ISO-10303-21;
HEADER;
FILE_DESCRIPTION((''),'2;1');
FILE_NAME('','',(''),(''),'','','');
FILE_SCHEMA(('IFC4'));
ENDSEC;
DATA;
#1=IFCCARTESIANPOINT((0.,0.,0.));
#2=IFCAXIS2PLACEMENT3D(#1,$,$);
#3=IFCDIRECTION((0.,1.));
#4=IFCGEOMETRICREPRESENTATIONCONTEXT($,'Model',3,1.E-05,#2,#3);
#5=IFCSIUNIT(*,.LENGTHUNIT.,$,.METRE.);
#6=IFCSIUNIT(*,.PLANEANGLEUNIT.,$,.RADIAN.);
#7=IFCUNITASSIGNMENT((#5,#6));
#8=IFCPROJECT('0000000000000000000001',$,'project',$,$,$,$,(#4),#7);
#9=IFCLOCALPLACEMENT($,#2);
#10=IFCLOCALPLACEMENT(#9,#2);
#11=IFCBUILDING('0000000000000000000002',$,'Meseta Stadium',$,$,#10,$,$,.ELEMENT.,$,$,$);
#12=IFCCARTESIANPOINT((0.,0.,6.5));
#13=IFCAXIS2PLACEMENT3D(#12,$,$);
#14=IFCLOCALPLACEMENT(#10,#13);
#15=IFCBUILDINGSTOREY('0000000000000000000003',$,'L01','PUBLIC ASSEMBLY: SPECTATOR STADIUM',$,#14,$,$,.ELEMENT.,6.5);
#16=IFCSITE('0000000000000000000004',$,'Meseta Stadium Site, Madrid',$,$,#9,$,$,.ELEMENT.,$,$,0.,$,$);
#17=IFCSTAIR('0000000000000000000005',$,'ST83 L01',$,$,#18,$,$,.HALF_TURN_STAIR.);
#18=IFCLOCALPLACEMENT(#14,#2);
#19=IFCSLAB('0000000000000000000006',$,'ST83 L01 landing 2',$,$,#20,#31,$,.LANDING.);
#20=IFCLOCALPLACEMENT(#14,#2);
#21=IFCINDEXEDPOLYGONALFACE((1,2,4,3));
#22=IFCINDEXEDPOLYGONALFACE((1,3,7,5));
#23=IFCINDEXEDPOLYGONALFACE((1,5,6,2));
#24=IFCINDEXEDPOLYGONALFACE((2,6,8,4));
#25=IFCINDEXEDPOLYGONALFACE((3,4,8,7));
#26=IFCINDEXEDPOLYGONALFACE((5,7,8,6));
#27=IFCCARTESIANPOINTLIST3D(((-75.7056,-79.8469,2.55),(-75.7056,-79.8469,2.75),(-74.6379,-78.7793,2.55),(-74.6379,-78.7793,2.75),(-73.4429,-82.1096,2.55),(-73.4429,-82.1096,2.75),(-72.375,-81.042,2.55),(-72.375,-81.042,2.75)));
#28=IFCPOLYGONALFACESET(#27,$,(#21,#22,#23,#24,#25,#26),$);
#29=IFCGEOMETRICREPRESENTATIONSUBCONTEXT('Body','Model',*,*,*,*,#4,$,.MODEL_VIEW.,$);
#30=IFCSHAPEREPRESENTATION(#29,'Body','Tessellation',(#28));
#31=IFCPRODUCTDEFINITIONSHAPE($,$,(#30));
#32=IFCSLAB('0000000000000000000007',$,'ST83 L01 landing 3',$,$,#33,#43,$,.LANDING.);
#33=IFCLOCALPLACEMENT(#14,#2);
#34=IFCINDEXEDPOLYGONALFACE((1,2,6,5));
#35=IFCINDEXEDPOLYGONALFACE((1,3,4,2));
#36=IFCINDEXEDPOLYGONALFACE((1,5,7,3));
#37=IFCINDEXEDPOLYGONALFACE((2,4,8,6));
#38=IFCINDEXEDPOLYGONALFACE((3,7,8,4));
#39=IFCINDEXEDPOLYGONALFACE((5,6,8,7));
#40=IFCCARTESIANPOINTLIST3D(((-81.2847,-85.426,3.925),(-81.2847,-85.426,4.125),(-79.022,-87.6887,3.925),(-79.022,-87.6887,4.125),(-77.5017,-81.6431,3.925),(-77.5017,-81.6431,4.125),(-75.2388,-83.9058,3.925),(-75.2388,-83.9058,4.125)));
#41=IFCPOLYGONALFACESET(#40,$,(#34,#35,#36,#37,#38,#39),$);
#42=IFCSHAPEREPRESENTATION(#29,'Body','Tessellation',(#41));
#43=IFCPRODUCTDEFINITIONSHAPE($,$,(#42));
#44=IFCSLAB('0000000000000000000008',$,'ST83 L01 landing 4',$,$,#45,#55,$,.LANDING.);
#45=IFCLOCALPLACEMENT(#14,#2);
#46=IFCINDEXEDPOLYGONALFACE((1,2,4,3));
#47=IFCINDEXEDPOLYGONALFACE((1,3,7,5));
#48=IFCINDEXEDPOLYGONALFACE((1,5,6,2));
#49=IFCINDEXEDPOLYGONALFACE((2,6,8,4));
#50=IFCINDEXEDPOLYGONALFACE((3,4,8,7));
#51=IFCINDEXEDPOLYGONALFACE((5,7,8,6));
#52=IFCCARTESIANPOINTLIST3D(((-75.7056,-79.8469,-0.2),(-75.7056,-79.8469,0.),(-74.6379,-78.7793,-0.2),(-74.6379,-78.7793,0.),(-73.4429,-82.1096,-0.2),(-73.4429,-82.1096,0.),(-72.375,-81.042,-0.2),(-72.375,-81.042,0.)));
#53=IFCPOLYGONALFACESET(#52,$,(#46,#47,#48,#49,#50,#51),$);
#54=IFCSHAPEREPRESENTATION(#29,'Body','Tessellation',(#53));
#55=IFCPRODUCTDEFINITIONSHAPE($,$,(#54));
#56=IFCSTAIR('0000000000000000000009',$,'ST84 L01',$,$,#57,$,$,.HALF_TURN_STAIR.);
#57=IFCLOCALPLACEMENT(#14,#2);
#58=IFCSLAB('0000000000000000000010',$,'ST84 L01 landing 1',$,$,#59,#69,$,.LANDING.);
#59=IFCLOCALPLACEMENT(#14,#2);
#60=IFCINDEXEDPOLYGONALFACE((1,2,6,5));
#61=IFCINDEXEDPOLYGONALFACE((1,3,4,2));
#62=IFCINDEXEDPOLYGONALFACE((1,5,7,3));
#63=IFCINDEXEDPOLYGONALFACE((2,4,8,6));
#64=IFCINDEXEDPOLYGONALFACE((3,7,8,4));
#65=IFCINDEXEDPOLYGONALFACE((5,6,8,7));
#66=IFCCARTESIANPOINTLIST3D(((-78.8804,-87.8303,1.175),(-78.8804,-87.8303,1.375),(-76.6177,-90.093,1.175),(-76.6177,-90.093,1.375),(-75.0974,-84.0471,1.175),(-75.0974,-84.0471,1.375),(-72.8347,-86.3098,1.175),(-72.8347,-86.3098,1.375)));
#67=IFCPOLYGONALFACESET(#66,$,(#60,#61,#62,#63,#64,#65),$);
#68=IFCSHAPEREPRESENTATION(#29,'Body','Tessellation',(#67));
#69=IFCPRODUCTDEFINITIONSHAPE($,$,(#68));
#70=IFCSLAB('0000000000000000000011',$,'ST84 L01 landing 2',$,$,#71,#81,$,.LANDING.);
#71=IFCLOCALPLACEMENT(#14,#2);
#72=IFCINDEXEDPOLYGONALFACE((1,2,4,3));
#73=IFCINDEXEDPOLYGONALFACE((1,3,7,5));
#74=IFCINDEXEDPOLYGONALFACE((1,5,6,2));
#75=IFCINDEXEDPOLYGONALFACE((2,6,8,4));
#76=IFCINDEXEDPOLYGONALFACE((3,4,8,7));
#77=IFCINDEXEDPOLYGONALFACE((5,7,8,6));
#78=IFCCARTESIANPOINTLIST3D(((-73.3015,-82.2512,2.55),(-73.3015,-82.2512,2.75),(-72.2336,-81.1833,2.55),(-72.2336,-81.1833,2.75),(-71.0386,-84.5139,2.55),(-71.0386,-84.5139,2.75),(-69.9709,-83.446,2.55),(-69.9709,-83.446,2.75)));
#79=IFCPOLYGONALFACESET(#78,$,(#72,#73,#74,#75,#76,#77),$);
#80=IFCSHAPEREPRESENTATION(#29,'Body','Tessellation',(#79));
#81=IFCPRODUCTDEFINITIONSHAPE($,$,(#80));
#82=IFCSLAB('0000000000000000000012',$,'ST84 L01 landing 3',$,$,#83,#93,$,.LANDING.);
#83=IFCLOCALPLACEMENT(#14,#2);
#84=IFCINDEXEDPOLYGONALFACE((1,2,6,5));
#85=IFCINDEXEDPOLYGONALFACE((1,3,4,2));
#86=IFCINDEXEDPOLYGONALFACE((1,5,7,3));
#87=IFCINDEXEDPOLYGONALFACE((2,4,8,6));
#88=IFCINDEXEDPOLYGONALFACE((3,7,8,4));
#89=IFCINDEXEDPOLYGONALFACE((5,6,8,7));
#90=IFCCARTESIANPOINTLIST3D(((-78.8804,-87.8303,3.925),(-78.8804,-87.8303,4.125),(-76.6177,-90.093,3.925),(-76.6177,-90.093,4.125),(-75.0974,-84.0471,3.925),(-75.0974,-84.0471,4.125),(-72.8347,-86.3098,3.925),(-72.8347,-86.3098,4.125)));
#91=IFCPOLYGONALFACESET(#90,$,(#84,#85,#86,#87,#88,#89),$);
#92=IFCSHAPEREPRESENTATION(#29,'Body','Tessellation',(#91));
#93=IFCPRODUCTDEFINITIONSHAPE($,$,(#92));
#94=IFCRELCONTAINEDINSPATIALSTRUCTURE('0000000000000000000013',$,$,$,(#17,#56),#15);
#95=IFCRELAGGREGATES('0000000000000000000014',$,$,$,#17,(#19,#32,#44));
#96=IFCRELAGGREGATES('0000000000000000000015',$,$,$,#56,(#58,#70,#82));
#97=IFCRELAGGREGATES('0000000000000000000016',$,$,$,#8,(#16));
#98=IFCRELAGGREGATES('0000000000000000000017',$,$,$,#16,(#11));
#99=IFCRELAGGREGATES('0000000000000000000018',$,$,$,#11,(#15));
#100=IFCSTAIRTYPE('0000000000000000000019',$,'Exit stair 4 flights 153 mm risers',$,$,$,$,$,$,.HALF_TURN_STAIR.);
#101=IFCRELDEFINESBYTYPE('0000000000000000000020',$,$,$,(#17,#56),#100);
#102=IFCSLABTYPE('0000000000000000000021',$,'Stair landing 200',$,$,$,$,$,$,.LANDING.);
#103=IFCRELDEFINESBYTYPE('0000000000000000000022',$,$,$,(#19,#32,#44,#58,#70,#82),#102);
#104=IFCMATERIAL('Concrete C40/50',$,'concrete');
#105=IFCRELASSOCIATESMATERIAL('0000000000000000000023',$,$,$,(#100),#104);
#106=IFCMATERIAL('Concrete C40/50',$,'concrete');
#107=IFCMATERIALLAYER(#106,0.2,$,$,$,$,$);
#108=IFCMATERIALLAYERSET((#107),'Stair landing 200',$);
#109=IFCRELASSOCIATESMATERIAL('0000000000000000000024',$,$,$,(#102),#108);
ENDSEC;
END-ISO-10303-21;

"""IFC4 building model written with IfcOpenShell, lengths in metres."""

from ifc_helpers import new_model, si_unit, direction, frame, origin, place, context, subcontext, project, spatial, polyline, outline, extrude, material, layer, layer_set, type_object, element, aggregate, save


model = new_model("IFC4")

# Units and contexts
model_context = context("Model", 3, precision=1e-05, world=origin(), true_north=direction((0.0, 1.0)))
body_context = subcontext(model_context, "Body", "Model", "MODEL_VIEW")
ifc_project = project(units=[si_unit("LENGTHUNIT", "METRE"), si_unit("PLANEANGLEUNIT", "RADIAN")], contexts=[model_context])

# Site, building, storey
site_placement = place(None, origin())
site = spatial("IfcSite", under=ifc_project, at=site_placement, Name="Meseta Stadium Site, Madrid", CompositionType="ELEMENT", RefElevation=0.0)
building_placement = place(site_placement, origin())
building = spatial("IfcBuilding", under=site, at=building_placement, Name="Meseta Stadium", CompositionType="ELEMENT")
storey_placement = place(building_placement, frame((0.0, 0.0, 6.5)))
storey = spatial("IfcBuildingStorey", under=building, at=storey_placement, Name="L01", Description="PUBLIC ASSEMBLY: SPECTATOR STADIUM", CompositionType="ELEMENT", Elevation=6.5)

# Shared definitions
ifc_material_1 = material(Name="Concrete C40/50", Category="concrete")
stair_type = type_object("IfcStairType", Name="Exit stair 4 flights 153 mm risers", PredefinedType="HALF_TURN_STAIR", material=ifc_material_1)
ifc_material_2 = material(Name="Concrete C40/50", Category="concrete")
ifc_layer = layer(ifc_material_2, 0.2)
ifc_layer_set = layer_set([ifc_layer], Name="Stair landing 200")
slab_type = type_object("IfcSlabType", Name="Stair landing 200", PredefinedType="LANDING", material=ifc_layer_set)

# Stairs, slabs
stair_1_placement = place(storey_placement, origin())
stair_1 = element("IfcStair", 1, at=stair_1_placement, inside=storey, type_object=stair_type, Name="ST83 L01", PredefinedType="HALF_TURN_STAIR")
slab_1_placement = place(storey_placement, frame((0.0, 0.0, 2.55)))
slab_1 = element("IfcSlab", 2, at=slab_1_placement, type_object=slab_type, Name="ST83 L01 landing 2", PredefinedType="LANDING", context=body_context, shape_type="SweptSolid", body=[
    extrude(outline(polyline([(-74.6379, -78.7793), (-75.7056, -79.8469), (-73.4429, -82.1096), (-72.375, -81.042), (-74.6379, -78.7793)])), origin(), (0.0, 0.0, 1.0), 0.2),
])
slab_2_placement = place(storey_placement, frame((0.0, 0.0, 3.925)))
slab_2 = element("IfcSlab", 3, at=slab_2_placement, type_object=slab_type, Name="ST83 L01 landing 3", PredefinedType="LANDING", context=body_context, shape_type="SweptSolid", body=[
    extrude(outline(polyline([(-77.5017, -81.6431), (-81.2847, -85.426), (-79.022, -87.6887), (-75.2388, -83.9058), (-77.5017, -81.6431)])), origin(), (0.0, 0.0, 1.0), 0.2),
])
slab_3_placement = place(storey_placement, frame((0.0, 0.0, -0.2)))
slab_3 = element("IfcSlab", 4, at=slab_3_placement, type_object=slab_type, Name="ST83 L01 landing 4", PredefinedType="LANDING", context=body_context, shape_type="SweptSolid", body=[
    extrude(outline(polyline([(-74.6379, -78.7793), (-75.7056, -79.8469), (-73.4429, -82.1096), (-72.375, -81.042), (-74.6379, -78.7793)])), origin(), (0.0, 0.0, 1.0), 0.2),
])
aggregate(stair_1, [slab_1, slab_2, slab_3])
stair_2_placement = place(storey_placement, origin())
stair_2 = element("IfcStair", 5, at=stair_2_placement, inside=storey, type_object=stair_type, Name="ST84 L01", PredefinedType="HALF_TURN_STAIR")
slab_4_placement = place(storey_placement, frame((0.0, 0.0, 1.175)))
slab_4 = element("IfcSlab", 6, at=slab_4_placement, type_object=slab_type, Name="ST84 L01 landing 1", PredefinedType="LANDING", context=body_context, shape_type="SweptSolid", body=[
    extrude(outline(polyline([(-75.0974, -84.0471), (-78.8804, -87.8303), (-76.6177, -90.093), (-72.8347, -86.3098), (-75.0974, -84.0471)])), origin(), (0.0, 0.0, 1.0), 0.2),
])
slab_5_placement = place(storey_placement, frame((0.0, 0.0, 2.55)))
slab_5 = element("IfcSlab", 7, at=slab_5_placement, type_object=slab_type, Name="ST84 L01 landing 2", PredefinedType="LANDING", context=body_context, shape_type="SweptSolid", body=[
    extrude(outline(polyline([(-72.2336, -81.1833), (-73.3015, -82.2512), (-71.0386, -84.5139), (-69.9709, -83.446), (-72.2336, -81.1833)])), origin(), (0.0, 0.0, 1.0), 0.2),
])
slab_6_placement = place(storey_placement, frame((0.0, 0.0, 3.925)))
slab_6 = element("IfcSlab", 8, at=slab_6_placement, type_object=slab_type, Name="ST84 L01 landing 3", PredefinedType="LANDING", context=body_context, shape_type="SweptSolid", body=[
    extrude(outline(polyline([(-75.0974, -84.0471), (-78.8804, -87.8303), (-76.6177, -90.093), (-72.8347, -86.3098), (-75.0974, -84.0471)])), origin(), (0.0, 0.0, 1.0), 0.2),
])
aggregate(stair_2, [slab_4, slab_5, slab_6])

save(model, "model.ifc")
